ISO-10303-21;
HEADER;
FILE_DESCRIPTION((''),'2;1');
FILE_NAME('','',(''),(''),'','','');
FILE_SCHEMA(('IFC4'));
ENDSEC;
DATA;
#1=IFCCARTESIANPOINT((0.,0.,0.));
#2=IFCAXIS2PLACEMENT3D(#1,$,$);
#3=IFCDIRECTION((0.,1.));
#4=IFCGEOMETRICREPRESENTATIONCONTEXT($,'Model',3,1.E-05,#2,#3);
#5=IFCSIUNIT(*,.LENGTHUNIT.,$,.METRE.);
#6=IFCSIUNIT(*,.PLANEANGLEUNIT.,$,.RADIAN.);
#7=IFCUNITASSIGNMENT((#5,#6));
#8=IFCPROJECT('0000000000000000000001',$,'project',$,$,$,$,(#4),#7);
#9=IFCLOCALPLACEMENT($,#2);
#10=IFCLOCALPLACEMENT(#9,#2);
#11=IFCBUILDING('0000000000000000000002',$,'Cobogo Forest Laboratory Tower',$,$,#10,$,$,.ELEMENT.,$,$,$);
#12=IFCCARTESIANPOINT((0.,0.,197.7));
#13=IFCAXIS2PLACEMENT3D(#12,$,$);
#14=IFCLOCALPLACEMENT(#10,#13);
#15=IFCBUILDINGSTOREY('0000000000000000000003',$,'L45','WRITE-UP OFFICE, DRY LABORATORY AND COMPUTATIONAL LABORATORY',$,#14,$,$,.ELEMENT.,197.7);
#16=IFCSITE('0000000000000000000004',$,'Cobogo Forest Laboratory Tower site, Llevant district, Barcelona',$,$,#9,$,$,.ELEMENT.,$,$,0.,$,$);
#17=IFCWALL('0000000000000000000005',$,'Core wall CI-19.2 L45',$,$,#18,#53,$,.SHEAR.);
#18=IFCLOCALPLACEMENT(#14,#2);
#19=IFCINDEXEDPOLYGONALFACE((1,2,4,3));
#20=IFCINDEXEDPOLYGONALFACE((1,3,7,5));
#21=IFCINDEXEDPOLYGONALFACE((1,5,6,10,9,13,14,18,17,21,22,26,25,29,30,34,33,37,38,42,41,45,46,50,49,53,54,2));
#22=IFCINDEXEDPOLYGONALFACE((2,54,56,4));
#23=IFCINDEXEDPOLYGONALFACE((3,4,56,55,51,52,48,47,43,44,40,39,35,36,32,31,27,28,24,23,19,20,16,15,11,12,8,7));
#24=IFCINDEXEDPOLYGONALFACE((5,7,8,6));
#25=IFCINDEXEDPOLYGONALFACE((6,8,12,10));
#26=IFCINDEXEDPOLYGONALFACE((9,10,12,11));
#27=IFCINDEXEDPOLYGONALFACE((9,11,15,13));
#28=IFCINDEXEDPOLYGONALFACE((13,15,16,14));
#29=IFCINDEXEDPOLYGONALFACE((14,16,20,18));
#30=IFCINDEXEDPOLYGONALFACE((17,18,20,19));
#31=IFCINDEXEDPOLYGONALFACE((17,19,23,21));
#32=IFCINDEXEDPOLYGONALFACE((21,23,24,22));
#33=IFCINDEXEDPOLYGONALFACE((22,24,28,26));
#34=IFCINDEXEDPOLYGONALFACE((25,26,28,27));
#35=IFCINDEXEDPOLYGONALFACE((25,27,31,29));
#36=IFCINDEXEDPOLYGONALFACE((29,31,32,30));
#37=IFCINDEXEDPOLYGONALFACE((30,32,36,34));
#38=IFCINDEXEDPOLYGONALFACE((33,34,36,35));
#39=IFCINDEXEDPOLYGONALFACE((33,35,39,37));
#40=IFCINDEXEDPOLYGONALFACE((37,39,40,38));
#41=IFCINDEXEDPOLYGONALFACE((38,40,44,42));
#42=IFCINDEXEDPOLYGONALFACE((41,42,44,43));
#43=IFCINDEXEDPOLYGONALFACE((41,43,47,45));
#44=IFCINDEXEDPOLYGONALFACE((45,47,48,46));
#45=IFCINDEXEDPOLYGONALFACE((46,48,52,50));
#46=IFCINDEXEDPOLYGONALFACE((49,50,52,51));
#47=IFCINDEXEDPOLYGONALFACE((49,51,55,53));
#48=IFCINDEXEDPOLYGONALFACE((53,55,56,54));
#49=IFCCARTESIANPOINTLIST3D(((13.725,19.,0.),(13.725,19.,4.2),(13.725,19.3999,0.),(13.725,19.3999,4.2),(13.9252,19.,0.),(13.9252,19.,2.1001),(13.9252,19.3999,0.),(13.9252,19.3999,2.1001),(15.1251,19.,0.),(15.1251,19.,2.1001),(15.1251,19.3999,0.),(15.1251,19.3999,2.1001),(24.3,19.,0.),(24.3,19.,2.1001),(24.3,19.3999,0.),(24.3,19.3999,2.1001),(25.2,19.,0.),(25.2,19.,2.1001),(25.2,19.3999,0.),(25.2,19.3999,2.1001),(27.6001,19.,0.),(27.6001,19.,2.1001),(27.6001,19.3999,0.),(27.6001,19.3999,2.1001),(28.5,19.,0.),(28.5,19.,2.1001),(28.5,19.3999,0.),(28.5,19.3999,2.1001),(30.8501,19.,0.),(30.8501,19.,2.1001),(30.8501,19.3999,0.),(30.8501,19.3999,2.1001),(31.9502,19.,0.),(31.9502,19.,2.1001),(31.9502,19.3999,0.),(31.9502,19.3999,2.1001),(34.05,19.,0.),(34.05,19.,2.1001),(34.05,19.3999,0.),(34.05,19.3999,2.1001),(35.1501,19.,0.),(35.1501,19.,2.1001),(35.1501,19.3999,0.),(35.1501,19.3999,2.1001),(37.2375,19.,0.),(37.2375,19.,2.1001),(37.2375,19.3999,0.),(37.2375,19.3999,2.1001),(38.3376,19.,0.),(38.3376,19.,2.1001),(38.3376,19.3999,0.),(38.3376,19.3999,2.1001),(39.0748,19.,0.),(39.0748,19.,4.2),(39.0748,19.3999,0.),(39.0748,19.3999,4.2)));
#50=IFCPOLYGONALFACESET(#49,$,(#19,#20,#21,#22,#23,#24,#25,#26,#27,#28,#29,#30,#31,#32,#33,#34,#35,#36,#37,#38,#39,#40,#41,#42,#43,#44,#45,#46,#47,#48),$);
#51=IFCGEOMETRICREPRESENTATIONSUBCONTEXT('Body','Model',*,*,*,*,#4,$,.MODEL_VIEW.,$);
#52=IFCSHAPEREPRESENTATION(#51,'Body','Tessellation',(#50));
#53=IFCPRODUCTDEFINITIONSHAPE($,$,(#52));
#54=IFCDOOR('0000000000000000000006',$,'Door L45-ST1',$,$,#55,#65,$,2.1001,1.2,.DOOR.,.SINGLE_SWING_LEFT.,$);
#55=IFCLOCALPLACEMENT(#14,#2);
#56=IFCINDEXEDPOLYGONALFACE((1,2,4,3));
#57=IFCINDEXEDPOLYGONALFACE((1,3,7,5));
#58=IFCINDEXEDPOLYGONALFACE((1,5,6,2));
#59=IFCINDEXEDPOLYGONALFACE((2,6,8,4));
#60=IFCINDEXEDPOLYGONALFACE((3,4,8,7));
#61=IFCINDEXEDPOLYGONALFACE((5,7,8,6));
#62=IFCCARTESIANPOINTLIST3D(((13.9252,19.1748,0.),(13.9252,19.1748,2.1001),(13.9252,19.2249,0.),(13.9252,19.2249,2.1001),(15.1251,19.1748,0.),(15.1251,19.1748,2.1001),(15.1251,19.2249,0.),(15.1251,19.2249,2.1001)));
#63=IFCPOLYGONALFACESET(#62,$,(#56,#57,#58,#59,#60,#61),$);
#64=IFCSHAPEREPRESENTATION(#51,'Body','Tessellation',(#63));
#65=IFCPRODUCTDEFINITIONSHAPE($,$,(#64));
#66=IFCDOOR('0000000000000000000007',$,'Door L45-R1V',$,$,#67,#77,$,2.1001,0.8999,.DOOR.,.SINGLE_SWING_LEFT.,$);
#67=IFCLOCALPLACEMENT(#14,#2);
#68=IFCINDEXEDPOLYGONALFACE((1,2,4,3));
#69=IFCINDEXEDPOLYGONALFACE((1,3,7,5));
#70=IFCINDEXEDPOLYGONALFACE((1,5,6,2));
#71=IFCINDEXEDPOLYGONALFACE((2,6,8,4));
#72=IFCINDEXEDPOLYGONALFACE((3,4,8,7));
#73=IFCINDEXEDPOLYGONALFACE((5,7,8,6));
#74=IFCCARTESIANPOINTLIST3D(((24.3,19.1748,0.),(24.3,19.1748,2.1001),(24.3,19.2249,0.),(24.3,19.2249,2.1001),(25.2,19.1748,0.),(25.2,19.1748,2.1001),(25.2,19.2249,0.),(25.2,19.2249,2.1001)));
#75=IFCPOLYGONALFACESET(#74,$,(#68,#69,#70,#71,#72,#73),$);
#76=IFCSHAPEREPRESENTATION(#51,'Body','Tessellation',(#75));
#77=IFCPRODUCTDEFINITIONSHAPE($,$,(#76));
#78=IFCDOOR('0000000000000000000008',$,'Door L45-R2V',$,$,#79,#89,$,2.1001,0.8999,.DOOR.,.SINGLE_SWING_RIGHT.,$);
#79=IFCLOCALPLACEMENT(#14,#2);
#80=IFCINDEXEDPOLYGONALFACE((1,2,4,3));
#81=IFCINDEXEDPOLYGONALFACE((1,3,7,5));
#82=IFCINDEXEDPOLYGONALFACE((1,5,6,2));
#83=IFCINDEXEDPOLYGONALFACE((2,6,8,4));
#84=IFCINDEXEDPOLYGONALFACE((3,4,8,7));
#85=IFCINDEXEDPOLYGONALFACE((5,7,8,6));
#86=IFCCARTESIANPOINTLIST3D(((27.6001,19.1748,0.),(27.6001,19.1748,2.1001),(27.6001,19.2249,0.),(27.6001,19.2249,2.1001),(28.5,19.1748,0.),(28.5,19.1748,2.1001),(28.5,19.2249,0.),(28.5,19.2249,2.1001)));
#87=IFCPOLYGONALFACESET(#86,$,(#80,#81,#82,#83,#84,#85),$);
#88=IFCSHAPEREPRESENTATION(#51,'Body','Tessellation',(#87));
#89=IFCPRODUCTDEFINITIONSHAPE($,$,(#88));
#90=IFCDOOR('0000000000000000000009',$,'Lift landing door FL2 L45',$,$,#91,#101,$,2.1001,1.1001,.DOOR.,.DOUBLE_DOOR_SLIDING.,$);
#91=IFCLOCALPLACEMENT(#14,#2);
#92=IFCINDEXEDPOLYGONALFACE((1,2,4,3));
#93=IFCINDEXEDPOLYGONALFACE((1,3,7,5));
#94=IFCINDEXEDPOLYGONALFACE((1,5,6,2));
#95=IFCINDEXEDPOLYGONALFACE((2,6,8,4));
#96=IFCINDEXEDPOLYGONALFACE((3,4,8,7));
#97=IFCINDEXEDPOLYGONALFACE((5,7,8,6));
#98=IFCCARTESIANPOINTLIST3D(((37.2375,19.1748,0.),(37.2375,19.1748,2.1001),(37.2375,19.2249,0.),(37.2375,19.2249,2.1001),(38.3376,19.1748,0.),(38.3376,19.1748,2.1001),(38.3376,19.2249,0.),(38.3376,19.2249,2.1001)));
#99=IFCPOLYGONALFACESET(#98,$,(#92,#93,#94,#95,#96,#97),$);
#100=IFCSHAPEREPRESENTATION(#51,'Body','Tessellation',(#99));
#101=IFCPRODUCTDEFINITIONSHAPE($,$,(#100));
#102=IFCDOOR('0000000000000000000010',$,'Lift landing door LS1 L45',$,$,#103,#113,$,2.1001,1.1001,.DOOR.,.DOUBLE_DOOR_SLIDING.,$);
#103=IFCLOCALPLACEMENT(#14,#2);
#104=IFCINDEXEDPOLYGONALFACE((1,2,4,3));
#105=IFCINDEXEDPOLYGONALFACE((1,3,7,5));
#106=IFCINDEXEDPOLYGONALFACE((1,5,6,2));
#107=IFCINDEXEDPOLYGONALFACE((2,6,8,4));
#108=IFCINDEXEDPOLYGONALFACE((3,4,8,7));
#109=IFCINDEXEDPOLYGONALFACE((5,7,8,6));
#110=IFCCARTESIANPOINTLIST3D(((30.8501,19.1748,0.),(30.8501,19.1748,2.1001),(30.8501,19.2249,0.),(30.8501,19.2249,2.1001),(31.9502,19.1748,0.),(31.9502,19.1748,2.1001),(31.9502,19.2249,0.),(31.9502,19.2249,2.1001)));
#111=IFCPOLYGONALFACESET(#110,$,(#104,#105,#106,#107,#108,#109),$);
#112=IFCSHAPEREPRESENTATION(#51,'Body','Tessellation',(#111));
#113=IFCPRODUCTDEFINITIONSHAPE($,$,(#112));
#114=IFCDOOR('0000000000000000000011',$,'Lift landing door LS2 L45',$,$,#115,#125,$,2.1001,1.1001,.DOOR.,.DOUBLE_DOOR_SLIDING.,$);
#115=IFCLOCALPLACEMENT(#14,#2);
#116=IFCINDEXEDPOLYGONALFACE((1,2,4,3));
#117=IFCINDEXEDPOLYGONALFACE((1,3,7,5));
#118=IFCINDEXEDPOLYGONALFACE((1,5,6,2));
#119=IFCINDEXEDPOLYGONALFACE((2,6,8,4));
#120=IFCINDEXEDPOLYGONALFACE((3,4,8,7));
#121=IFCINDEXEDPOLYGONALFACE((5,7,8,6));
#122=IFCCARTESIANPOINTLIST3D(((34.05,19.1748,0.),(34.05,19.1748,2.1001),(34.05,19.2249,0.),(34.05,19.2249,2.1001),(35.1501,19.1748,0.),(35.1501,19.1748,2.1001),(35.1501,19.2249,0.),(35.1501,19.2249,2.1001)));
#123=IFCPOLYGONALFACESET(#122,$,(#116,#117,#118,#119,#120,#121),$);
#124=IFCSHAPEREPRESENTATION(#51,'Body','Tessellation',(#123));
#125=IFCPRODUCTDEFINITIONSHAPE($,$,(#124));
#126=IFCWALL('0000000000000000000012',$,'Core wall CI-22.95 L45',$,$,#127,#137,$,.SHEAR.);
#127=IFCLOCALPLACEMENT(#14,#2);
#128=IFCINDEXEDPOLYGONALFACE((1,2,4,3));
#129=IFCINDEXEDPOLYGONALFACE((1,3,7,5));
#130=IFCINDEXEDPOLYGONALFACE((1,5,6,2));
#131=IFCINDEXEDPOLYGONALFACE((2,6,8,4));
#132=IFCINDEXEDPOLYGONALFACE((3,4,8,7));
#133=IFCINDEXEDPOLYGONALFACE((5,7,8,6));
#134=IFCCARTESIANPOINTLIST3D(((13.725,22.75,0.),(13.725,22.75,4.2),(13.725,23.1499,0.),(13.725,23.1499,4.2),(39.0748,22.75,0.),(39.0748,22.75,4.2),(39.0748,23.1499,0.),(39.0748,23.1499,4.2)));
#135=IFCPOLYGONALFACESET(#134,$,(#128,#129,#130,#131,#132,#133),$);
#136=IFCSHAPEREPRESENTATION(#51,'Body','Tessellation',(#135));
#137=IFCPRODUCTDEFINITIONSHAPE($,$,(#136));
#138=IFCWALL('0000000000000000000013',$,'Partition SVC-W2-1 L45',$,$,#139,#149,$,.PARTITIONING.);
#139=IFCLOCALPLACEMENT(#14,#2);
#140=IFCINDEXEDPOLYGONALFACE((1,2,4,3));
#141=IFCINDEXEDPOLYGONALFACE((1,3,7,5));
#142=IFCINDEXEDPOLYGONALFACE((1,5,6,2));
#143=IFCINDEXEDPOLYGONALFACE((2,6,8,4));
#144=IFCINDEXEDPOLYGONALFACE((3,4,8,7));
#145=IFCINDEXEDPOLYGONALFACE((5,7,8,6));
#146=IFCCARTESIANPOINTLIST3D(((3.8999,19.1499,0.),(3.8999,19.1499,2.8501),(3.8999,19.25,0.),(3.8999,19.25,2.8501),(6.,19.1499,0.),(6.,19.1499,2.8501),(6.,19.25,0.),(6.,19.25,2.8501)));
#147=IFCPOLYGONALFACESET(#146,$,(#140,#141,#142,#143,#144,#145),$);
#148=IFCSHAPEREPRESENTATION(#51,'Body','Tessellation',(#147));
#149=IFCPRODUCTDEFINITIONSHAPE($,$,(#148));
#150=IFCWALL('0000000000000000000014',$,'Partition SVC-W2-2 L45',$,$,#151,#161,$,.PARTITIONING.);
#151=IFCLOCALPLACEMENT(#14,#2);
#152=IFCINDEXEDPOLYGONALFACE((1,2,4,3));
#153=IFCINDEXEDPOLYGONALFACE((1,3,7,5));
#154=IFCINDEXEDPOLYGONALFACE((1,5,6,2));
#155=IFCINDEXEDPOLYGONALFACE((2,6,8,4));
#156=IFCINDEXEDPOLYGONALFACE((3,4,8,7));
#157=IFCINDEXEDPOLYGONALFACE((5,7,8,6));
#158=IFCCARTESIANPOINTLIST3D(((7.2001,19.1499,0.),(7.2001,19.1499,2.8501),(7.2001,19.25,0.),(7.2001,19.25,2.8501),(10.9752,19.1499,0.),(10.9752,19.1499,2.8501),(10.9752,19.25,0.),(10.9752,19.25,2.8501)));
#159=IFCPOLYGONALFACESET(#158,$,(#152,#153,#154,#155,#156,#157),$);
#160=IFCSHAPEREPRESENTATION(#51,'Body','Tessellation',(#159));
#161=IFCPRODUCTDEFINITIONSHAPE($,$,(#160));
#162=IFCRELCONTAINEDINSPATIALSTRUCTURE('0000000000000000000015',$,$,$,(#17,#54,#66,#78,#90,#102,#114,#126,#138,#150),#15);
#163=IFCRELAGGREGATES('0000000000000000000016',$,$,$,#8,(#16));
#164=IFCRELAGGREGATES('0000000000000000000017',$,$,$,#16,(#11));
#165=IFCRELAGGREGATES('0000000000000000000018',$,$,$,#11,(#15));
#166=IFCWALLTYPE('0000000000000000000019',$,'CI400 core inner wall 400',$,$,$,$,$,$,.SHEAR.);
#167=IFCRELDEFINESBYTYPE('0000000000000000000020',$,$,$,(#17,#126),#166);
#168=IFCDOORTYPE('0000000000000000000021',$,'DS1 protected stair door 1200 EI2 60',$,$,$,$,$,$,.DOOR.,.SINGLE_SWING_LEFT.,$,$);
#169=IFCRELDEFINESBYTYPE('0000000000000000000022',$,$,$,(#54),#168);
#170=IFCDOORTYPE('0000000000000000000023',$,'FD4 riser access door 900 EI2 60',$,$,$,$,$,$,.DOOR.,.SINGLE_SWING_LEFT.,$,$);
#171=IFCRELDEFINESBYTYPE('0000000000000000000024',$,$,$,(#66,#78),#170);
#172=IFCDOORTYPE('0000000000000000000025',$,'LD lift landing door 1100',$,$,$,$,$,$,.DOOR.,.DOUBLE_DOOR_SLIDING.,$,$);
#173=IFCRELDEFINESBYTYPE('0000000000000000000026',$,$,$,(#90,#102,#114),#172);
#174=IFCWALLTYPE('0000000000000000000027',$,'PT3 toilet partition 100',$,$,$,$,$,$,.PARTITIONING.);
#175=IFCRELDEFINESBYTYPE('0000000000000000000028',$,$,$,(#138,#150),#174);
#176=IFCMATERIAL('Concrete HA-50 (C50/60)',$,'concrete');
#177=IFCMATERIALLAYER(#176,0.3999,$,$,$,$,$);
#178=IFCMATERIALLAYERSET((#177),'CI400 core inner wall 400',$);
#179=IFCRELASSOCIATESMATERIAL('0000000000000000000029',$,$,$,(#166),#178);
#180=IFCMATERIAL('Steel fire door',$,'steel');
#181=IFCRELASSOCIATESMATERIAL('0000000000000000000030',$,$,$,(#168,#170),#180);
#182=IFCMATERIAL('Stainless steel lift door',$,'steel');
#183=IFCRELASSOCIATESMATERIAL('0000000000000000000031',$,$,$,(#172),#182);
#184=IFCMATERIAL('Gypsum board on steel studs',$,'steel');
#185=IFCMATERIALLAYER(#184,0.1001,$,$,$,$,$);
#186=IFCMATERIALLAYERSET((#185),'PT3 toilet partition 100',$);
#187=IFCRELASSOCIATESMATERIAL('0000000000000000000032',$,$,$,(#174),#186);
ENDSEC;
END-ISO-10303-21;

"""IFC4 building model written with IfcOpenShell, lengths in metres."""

from ifc_helpers import new_model, si_unit, direction, frame, frame_2d, origin, place, context, subcontext, project, spatial, rectangle, extrude, material, layer, layer_set, type_object, element, fill, save


model = new_model("IFC4")

# Units and contexts
model_context = context("Model", 3, precision=1e-05, world=origin(), true_north=direction((0.0, 1.0)))
body_context = subcontext(model_context, "Body", "Model", "MODEL_VIEW")
ifc_project = project(units=[si_unit("LENGTHUNIT", "METRE"), si_unit("PLANEANGLEUNIT", "RADIAN")], contexts=[model_context])

# Site, building, storey
site_placement = place(None, origin())
site = spatial("IfcSite", under=ifc_project, at=site_placement, Name="Cobogo Forest Laboratory Tower site, Llevant district, Barcelona", CompositionType="ELEMENT", RefElevation=0.0)
building_placement = place(site_placement, origin())
building = spatial("IfcBuilding", under=site, at=building_placement, Name="Cobogo Forest Laboratory Tower", CompositionType="ELEMENT")
storey_placement = place(building_placement, frame((0.0, 0.0, 197.7)))
storey = spatial("IfcBuildingStorey", under=building, at=storey_placement, Name="L45", Description="WRITE-UP OFFICE, DRY LABORATORY AND COMPUTATIONAL LABORATORY", CompositionType="ELEMENT", Elevation=197.7)

# Shared definitions
ifc_material_1 = material(Name="Concrete HA-50 (C50/60)", Category="concrete")

# Wall, openings, doors
ifc_layer_1 = layer(ifc_material_1, 0.3999)
ifc_layer_set_1 = layer_set([ifc_layer_1], Name="CI400 core inner wall 400")
wall_type_1 = type_object("IfcWallType", Name="CI400 core inner wall 400", PredefinedType="SHEAR", material=ifc_layer_set_1)
ifc_material_2 = material(Name="Steel fire door", Category="steel")
wall_1_placement = place(storey_placement, frame((13.7251, 19.2, 0.0), z_axis=(0.0, 0.0, 1.0), x_axis=(1.0, 0.0, 0.0)))
wall_1 = element("IfcWall", 1, at=wall_1_placement, inside=storey, type_object=wall_type_1, Name="Core wall CI-19.2 L45", PredefinedType="SHEAR", context=body_context, shape_type="SweptSolid", body=[
    extrude(rectangle(XDim=25.3499, YDim=0.3999, at=frame_2d((12.6748, 0.0))), origin(), (0.0, 0.0, 1.0), 4.2),
])
opening_1_placement = place(wall_1_placement, frame((10.575, 0.0, 0.0)))
opening_1 = element("IfcOpeningElement", 2, at=opening_1_placement, cuts=wall_1, PredefinedType="OPENING", context=body_context, shape_type="SweptSolid", body=[
    extrude(rectangle(XDim=0.8999, YDim=2.1001, at=frame_2d((0.45, 1.05))), frame((0.0, 0.21, 0.0), z_axis=(0.0, -1.0, 0.0), x_axis=(1.0, 0.0, 0.0)), (0.0, 0.0, 1.0), 0.4199),
])
opening_2_placement = place(wall_1_placement, frame((13.875, 0.0, 0.0)))
opening_2 = element("IfcOpeningElement", 3, at=opening_2_placement, cuts=wall_1, PredefinedType="OPENING", context=body_context, shape_type="SweptSolid", body=[
    extrude(rectangle(XDim=0.8999, YDim=2.1001, at=frame_2d((0.45, 1.05))), frame((0.0, 0.21, 0.0), z_axis=(0.0, -1.0, 0.0), x_axis=(1.0, 0.0, 0.0)), (0.0, 0.0, 1.0), 0.4199),
])
opening_3_placement = place(wall_1_placement, frame((0.2, 0.0, 0.0)))
opening_3 = element("IfcOpeningElement", 4, at=opening_3_placement, cuts=wall_1, PredefinedType="OPENING", context=body_context, shape_type="SweptSolid", body=[
    extrude(rectangle(XDim=1.2, YDim=2.1001, at=frame_2d((0.6001, 1.05))), frame((0.0, 0.21, 0.0), z_axis=(0.0, -1.0, 0.0), x_axis=(1.0, 0.0, 0.0)), (0.0, 0.0, 1.0), 0.4199),
])
opening_4_placement = place(wall_1_placement, frame((23.5125, 0.0, 0.0)))
opening_4 = element("IfcOpeningElement", 5, at=opening_4_placement, cuts=wall_1, PredefinedType="OPENING", context=body_context, shape_type="SweptSolid", body=[
    extrude(rectangle(XDim=1.1001, YDim=2.1001, at=frame_2d((0.55, 1.05))), frame((0.0, 0.21, 0.0), z_axis=(0.0, -1.0, 0.0), x_axis=(1.0, 0.0, 0.0)), (0.0, 0.0, 1.0), 0.4199),
])
opening_5_placement = place(wall_1_placement, frame((17.125, 0.0, 0.0)))
opening_5 = element("IfcOpeningElement", 6, at=opening_5_placement, cuts=wall_1, PredefinedType="OPENING", context=body_context, shape_type="SweptSolid", body=[
    extrude(rectangle(XDim=1.1001, YDim=2.1001, at=frame_2d((0.55, 1.05))), frame((0.0, 0.21, 0.0), z_axis=(0.0, -1.0, 0.0), x_axis=(1.0, 0.0, 0.0)), (0.0, 0.0, 1.0), 0.4199),
])
opening_6_placement = place(wall_1_placement, frame((20.325, 0.0, 0.0)))
opening_6 = element("IfcOpeningElement", 7, at=opening_6_placement, cuts=wall_1, PredefinedType="OPENING", context=body_context, shape_type="SweptSolid", body=[
    extrude(rectangle(XDim=1.1001, YDim=2.1001, at=frame_2d((0.55, 1.05))), frame((0.0, 0.21, 0.0), z_axis=(0.0, -1.0, 0.0), x_axis=(1.0, 0.0, 0.0)), (0.0, 0.0, 1.0), 0.4199),
])
door_type_1 = type_object("IfcDoorType", Name="DS1 protected stair door 1200 EI2 60", OperationType="SINGLE_SWING_LEFT", PredefinedType="DOOR", material=ifc_material_2)
door_1_placement = place(opening_3_placement, origin())
door_1 = element("IfcDoor", 8, at=door_1_placement, inside=storey, type_object=door_type_1, Name="Door L45-ST1", OperationType="SINGLE_SWING_LEFT", OverallHeight=2.1001, OverallWidth=1.2, PredefinedType="DOOR", context=body_context, shape_type="SweptSolid", body=[
    extrude(rectangle(XDim=1.2, YDim=2.1001, at=frame_2d((0.6001, 1.05))), frame((0.0, 0.0249, 0.0), z_axis=(0.0, -1.0, 0.0), x_axis=(1.0, 0.0, 0.0)), (0.0, 0.0, 1.0), 0.05),
])
fill(opening_3, door_1)
door_type_2 = type_object("IfcDoorType", Name="FD4 riser access door 900 EI2 60", OperationType="SINGLE_SWING_LEFT", PredefinedType="DOOR", material=ifc_material_2)
door_2_placement = place(opening_1_placement, origin())
door_2 = element("IfcDoor", 9, at=door_2_placement, inside=storey, type_object=door_type_2, Name="Door L45-R1V", OperationType="SINGLE_SWING_LEFT", OverallHeight=2.1001, OverallWidth=0.8999, PredefinedType="DOOR", context=body_context, shape_type="SweptSolid", body=[
    extrude(rectangle(XDim=0.8999, YDim=2.1001, at=frame_2d((0.45, 1.05))), frame((0.0, 0.0249, 0.0), z_axis=(0.0, -1.0, 0.0), x_axis=(1.0, 0.0, 0.0)), (0.0, 0.0, 1.0), 0.05),
])
fill(opening_1, door_2)
door_3_placement = place(opening_2_placement, origin())
door_3 = element("IfcDoor", 10, at=door_3_placement, inside=storey, type_object=door_type_2, Name="Door L45-R2V", OperationType="SINGLE_SWING_RIGHT", OverallHeight=2.1001, OverallWidth=0.8999, PredefinedType="DOOR", context=body_context, shape_type="SweptSolid", body=[
    extrude(rectangle(XDim=0.8999, YDim=2.1001, at=frame_2d((0.45, 1.05))), frame((0.0, 0.0249, 0.0), z_axis=(0.0, -1.0, 0.0), x_axis=(1.0, 0.0, 0.0)), (0.0, 0.0, 1.0), 0.05),
])
fill(opening_2, door_3)
ifc_material_3 = material(Name="Stainless steel lift door", Category="steel")
door_type_3 = type_object("IfcDoorType", Name="LD lift landing door 1100", OperationType="DOUBLE_DOOR_SLIDING", PredefinedType="DOOR", material=ifc_material_3)
door_4_placement = place(opening_4_placement, origin())
door_4 = element("IfcDoor", 11, at=door_4_placement, inside=storey, type_object=door_type_3, Name="Lift landing door FL2 L45", OperationType="DOUBLE_DOOR_SLIDING", OverallHeight=2.1001, OverallWidth=1.1001, PredefinedType="DOOR", context=body_context, shape_type="SweptSolid", body=[
    extrude(rectangle(XDim=1.1001, YDim=2.1001, at=frame_2d((0.55, 1.05))), frame((0.0, 0.0249, 0.0), z_axis=(0.0, -1.0, 0.0), x_axis=(1.0, 0.0, 0.0)), (0.0, 0.0, 1.0), 0.05),
])
fill(opening_4, door_4)
door_5_placement = place(opening_5_placement, origin())
door_5 = element("IfcDoor", 12, at=door_5_placement, inside=storey, type_object=door_type_3, Name="Lift landing door LS1 L45", OperationType="DOUBLE_DOOR_SLIDING", OverallHeight=2.1001, OverallWidth=1.1001, PredefinedType="DOOR", context=body_context, shape_type="SweptSolid", body=[
    extrude(rectangle(XDim=1.1001, YDim=2.1001, at=frame_2d((0.55, 1.05))), frame((0.0, 0.0249, 0.0), z_axis=(0.0, -1.0, 0.0), x_axis=(1.0, 0.0, 0.0)), (0.0, 0.0, 1.0), 0.05),
])
fill(opening_5, door_5)
door_6_placement = place(opening_6_placement, origin())
door_6 = element("IfcDoor", 13, at=door_6_placement, inside=storey, type_object=door_type_3, Name="Lift landing door LS2 L45", OperationType="DOUBLE_DOOR_SLIDING", OverallHeight=2.1001, OverallWidth=1.1001, PredefinedType="DOOR", context=body_context, shape_type="SweptSolid", body=[
    extrude(rectangle(XDim=1.1001, YDim=2.1001, at=frame_2d((0.55, 1.05))), frame((0.0, 0.0249, 0.0), z_axis=(0.0, -1.0, 0.0), x_axis=(1.0, 0.0, 0.0)), (0.0, 0.0, 1.0), 0.05),
])
fill(opening_6, door_6)

# Walls
wall_2_placement = place(storey_placement, frame((13.7251, 22.95, 0.0), z_axis=(0.0, 0.0, 1.0), x_axis=(1.0, 0.0, 0.0)))
element("IfcWall", 14, at=wall_2_placement, inside=storey, type_object=wall_type_1, Name="Core wall CI-22.95 L45", PredefinedType="SHEAR", context=body_context, shape_type="SweptSolid", body=[
    extrude(rectangle(XDim=25.3499, YDim=0.3999, at=frame_2d((12.6748, 0.0))), origin(), (0.0, 0.0, 1.0), 4.2),
])
ifc_material_4 = material(Name="Gypsum board on steel studs", Category="steel")
ifc_layer_2 = layer(ifc_material_4, 0.1001)
ifc_layer_set_2 = layer_set([ifc_layer_2], Name="PT3 toilet partition 100")
wall_type_2 = type_object("IfcWallType", Name="PT3 toilet partition 100", PredefinedType="PARTITIONING", material=ifc_layer_set_2)
wall_3_placement = place(storey_placement, frame((3.8999, 19.2, 0.0), z_axis=(0.0, 0.0, 1.0), x_axis=(1.0, 0.0, 0.0)))
element("IfcWall", 15, at=wall_3_placement, inside=storey, type_object=wall_type_2, Name="Partition SVC-W2-1 L45", PredefinedType="PARTITIONING", context=body_context, shape_type="SweptSolid", body=[
    extrude(rectangle(XDim=2.1001, YDim=0.1001, at=frame_2d((1.05, 0.0))), origin(), (0.0, 0.0, 1.0), 2.8501),
])
wall_4_placement = place(storey_placement, frame((7.2, 19.2, 0.0), z_axis=(0.0, 0.0, 1.0), x_axis=(1.0, 0.0, 0.0)))
element("IfcWall", 16, at=wall_4_placement, inside=storey, type_object=wall_type_2, Name="Partition SVC-W2-2 L45", PredefinedType="PARTITIONING", context=body_context, shape_type="SweptSolid", body=[
    extrude(rectangle(XDim=3.7751, YDim=0.1001, at=frame_2d((1.8877, 0.0))), origin(), (0.0, 0.0, 1.0), 2.8501),
])

save(model, "model.ifc")
